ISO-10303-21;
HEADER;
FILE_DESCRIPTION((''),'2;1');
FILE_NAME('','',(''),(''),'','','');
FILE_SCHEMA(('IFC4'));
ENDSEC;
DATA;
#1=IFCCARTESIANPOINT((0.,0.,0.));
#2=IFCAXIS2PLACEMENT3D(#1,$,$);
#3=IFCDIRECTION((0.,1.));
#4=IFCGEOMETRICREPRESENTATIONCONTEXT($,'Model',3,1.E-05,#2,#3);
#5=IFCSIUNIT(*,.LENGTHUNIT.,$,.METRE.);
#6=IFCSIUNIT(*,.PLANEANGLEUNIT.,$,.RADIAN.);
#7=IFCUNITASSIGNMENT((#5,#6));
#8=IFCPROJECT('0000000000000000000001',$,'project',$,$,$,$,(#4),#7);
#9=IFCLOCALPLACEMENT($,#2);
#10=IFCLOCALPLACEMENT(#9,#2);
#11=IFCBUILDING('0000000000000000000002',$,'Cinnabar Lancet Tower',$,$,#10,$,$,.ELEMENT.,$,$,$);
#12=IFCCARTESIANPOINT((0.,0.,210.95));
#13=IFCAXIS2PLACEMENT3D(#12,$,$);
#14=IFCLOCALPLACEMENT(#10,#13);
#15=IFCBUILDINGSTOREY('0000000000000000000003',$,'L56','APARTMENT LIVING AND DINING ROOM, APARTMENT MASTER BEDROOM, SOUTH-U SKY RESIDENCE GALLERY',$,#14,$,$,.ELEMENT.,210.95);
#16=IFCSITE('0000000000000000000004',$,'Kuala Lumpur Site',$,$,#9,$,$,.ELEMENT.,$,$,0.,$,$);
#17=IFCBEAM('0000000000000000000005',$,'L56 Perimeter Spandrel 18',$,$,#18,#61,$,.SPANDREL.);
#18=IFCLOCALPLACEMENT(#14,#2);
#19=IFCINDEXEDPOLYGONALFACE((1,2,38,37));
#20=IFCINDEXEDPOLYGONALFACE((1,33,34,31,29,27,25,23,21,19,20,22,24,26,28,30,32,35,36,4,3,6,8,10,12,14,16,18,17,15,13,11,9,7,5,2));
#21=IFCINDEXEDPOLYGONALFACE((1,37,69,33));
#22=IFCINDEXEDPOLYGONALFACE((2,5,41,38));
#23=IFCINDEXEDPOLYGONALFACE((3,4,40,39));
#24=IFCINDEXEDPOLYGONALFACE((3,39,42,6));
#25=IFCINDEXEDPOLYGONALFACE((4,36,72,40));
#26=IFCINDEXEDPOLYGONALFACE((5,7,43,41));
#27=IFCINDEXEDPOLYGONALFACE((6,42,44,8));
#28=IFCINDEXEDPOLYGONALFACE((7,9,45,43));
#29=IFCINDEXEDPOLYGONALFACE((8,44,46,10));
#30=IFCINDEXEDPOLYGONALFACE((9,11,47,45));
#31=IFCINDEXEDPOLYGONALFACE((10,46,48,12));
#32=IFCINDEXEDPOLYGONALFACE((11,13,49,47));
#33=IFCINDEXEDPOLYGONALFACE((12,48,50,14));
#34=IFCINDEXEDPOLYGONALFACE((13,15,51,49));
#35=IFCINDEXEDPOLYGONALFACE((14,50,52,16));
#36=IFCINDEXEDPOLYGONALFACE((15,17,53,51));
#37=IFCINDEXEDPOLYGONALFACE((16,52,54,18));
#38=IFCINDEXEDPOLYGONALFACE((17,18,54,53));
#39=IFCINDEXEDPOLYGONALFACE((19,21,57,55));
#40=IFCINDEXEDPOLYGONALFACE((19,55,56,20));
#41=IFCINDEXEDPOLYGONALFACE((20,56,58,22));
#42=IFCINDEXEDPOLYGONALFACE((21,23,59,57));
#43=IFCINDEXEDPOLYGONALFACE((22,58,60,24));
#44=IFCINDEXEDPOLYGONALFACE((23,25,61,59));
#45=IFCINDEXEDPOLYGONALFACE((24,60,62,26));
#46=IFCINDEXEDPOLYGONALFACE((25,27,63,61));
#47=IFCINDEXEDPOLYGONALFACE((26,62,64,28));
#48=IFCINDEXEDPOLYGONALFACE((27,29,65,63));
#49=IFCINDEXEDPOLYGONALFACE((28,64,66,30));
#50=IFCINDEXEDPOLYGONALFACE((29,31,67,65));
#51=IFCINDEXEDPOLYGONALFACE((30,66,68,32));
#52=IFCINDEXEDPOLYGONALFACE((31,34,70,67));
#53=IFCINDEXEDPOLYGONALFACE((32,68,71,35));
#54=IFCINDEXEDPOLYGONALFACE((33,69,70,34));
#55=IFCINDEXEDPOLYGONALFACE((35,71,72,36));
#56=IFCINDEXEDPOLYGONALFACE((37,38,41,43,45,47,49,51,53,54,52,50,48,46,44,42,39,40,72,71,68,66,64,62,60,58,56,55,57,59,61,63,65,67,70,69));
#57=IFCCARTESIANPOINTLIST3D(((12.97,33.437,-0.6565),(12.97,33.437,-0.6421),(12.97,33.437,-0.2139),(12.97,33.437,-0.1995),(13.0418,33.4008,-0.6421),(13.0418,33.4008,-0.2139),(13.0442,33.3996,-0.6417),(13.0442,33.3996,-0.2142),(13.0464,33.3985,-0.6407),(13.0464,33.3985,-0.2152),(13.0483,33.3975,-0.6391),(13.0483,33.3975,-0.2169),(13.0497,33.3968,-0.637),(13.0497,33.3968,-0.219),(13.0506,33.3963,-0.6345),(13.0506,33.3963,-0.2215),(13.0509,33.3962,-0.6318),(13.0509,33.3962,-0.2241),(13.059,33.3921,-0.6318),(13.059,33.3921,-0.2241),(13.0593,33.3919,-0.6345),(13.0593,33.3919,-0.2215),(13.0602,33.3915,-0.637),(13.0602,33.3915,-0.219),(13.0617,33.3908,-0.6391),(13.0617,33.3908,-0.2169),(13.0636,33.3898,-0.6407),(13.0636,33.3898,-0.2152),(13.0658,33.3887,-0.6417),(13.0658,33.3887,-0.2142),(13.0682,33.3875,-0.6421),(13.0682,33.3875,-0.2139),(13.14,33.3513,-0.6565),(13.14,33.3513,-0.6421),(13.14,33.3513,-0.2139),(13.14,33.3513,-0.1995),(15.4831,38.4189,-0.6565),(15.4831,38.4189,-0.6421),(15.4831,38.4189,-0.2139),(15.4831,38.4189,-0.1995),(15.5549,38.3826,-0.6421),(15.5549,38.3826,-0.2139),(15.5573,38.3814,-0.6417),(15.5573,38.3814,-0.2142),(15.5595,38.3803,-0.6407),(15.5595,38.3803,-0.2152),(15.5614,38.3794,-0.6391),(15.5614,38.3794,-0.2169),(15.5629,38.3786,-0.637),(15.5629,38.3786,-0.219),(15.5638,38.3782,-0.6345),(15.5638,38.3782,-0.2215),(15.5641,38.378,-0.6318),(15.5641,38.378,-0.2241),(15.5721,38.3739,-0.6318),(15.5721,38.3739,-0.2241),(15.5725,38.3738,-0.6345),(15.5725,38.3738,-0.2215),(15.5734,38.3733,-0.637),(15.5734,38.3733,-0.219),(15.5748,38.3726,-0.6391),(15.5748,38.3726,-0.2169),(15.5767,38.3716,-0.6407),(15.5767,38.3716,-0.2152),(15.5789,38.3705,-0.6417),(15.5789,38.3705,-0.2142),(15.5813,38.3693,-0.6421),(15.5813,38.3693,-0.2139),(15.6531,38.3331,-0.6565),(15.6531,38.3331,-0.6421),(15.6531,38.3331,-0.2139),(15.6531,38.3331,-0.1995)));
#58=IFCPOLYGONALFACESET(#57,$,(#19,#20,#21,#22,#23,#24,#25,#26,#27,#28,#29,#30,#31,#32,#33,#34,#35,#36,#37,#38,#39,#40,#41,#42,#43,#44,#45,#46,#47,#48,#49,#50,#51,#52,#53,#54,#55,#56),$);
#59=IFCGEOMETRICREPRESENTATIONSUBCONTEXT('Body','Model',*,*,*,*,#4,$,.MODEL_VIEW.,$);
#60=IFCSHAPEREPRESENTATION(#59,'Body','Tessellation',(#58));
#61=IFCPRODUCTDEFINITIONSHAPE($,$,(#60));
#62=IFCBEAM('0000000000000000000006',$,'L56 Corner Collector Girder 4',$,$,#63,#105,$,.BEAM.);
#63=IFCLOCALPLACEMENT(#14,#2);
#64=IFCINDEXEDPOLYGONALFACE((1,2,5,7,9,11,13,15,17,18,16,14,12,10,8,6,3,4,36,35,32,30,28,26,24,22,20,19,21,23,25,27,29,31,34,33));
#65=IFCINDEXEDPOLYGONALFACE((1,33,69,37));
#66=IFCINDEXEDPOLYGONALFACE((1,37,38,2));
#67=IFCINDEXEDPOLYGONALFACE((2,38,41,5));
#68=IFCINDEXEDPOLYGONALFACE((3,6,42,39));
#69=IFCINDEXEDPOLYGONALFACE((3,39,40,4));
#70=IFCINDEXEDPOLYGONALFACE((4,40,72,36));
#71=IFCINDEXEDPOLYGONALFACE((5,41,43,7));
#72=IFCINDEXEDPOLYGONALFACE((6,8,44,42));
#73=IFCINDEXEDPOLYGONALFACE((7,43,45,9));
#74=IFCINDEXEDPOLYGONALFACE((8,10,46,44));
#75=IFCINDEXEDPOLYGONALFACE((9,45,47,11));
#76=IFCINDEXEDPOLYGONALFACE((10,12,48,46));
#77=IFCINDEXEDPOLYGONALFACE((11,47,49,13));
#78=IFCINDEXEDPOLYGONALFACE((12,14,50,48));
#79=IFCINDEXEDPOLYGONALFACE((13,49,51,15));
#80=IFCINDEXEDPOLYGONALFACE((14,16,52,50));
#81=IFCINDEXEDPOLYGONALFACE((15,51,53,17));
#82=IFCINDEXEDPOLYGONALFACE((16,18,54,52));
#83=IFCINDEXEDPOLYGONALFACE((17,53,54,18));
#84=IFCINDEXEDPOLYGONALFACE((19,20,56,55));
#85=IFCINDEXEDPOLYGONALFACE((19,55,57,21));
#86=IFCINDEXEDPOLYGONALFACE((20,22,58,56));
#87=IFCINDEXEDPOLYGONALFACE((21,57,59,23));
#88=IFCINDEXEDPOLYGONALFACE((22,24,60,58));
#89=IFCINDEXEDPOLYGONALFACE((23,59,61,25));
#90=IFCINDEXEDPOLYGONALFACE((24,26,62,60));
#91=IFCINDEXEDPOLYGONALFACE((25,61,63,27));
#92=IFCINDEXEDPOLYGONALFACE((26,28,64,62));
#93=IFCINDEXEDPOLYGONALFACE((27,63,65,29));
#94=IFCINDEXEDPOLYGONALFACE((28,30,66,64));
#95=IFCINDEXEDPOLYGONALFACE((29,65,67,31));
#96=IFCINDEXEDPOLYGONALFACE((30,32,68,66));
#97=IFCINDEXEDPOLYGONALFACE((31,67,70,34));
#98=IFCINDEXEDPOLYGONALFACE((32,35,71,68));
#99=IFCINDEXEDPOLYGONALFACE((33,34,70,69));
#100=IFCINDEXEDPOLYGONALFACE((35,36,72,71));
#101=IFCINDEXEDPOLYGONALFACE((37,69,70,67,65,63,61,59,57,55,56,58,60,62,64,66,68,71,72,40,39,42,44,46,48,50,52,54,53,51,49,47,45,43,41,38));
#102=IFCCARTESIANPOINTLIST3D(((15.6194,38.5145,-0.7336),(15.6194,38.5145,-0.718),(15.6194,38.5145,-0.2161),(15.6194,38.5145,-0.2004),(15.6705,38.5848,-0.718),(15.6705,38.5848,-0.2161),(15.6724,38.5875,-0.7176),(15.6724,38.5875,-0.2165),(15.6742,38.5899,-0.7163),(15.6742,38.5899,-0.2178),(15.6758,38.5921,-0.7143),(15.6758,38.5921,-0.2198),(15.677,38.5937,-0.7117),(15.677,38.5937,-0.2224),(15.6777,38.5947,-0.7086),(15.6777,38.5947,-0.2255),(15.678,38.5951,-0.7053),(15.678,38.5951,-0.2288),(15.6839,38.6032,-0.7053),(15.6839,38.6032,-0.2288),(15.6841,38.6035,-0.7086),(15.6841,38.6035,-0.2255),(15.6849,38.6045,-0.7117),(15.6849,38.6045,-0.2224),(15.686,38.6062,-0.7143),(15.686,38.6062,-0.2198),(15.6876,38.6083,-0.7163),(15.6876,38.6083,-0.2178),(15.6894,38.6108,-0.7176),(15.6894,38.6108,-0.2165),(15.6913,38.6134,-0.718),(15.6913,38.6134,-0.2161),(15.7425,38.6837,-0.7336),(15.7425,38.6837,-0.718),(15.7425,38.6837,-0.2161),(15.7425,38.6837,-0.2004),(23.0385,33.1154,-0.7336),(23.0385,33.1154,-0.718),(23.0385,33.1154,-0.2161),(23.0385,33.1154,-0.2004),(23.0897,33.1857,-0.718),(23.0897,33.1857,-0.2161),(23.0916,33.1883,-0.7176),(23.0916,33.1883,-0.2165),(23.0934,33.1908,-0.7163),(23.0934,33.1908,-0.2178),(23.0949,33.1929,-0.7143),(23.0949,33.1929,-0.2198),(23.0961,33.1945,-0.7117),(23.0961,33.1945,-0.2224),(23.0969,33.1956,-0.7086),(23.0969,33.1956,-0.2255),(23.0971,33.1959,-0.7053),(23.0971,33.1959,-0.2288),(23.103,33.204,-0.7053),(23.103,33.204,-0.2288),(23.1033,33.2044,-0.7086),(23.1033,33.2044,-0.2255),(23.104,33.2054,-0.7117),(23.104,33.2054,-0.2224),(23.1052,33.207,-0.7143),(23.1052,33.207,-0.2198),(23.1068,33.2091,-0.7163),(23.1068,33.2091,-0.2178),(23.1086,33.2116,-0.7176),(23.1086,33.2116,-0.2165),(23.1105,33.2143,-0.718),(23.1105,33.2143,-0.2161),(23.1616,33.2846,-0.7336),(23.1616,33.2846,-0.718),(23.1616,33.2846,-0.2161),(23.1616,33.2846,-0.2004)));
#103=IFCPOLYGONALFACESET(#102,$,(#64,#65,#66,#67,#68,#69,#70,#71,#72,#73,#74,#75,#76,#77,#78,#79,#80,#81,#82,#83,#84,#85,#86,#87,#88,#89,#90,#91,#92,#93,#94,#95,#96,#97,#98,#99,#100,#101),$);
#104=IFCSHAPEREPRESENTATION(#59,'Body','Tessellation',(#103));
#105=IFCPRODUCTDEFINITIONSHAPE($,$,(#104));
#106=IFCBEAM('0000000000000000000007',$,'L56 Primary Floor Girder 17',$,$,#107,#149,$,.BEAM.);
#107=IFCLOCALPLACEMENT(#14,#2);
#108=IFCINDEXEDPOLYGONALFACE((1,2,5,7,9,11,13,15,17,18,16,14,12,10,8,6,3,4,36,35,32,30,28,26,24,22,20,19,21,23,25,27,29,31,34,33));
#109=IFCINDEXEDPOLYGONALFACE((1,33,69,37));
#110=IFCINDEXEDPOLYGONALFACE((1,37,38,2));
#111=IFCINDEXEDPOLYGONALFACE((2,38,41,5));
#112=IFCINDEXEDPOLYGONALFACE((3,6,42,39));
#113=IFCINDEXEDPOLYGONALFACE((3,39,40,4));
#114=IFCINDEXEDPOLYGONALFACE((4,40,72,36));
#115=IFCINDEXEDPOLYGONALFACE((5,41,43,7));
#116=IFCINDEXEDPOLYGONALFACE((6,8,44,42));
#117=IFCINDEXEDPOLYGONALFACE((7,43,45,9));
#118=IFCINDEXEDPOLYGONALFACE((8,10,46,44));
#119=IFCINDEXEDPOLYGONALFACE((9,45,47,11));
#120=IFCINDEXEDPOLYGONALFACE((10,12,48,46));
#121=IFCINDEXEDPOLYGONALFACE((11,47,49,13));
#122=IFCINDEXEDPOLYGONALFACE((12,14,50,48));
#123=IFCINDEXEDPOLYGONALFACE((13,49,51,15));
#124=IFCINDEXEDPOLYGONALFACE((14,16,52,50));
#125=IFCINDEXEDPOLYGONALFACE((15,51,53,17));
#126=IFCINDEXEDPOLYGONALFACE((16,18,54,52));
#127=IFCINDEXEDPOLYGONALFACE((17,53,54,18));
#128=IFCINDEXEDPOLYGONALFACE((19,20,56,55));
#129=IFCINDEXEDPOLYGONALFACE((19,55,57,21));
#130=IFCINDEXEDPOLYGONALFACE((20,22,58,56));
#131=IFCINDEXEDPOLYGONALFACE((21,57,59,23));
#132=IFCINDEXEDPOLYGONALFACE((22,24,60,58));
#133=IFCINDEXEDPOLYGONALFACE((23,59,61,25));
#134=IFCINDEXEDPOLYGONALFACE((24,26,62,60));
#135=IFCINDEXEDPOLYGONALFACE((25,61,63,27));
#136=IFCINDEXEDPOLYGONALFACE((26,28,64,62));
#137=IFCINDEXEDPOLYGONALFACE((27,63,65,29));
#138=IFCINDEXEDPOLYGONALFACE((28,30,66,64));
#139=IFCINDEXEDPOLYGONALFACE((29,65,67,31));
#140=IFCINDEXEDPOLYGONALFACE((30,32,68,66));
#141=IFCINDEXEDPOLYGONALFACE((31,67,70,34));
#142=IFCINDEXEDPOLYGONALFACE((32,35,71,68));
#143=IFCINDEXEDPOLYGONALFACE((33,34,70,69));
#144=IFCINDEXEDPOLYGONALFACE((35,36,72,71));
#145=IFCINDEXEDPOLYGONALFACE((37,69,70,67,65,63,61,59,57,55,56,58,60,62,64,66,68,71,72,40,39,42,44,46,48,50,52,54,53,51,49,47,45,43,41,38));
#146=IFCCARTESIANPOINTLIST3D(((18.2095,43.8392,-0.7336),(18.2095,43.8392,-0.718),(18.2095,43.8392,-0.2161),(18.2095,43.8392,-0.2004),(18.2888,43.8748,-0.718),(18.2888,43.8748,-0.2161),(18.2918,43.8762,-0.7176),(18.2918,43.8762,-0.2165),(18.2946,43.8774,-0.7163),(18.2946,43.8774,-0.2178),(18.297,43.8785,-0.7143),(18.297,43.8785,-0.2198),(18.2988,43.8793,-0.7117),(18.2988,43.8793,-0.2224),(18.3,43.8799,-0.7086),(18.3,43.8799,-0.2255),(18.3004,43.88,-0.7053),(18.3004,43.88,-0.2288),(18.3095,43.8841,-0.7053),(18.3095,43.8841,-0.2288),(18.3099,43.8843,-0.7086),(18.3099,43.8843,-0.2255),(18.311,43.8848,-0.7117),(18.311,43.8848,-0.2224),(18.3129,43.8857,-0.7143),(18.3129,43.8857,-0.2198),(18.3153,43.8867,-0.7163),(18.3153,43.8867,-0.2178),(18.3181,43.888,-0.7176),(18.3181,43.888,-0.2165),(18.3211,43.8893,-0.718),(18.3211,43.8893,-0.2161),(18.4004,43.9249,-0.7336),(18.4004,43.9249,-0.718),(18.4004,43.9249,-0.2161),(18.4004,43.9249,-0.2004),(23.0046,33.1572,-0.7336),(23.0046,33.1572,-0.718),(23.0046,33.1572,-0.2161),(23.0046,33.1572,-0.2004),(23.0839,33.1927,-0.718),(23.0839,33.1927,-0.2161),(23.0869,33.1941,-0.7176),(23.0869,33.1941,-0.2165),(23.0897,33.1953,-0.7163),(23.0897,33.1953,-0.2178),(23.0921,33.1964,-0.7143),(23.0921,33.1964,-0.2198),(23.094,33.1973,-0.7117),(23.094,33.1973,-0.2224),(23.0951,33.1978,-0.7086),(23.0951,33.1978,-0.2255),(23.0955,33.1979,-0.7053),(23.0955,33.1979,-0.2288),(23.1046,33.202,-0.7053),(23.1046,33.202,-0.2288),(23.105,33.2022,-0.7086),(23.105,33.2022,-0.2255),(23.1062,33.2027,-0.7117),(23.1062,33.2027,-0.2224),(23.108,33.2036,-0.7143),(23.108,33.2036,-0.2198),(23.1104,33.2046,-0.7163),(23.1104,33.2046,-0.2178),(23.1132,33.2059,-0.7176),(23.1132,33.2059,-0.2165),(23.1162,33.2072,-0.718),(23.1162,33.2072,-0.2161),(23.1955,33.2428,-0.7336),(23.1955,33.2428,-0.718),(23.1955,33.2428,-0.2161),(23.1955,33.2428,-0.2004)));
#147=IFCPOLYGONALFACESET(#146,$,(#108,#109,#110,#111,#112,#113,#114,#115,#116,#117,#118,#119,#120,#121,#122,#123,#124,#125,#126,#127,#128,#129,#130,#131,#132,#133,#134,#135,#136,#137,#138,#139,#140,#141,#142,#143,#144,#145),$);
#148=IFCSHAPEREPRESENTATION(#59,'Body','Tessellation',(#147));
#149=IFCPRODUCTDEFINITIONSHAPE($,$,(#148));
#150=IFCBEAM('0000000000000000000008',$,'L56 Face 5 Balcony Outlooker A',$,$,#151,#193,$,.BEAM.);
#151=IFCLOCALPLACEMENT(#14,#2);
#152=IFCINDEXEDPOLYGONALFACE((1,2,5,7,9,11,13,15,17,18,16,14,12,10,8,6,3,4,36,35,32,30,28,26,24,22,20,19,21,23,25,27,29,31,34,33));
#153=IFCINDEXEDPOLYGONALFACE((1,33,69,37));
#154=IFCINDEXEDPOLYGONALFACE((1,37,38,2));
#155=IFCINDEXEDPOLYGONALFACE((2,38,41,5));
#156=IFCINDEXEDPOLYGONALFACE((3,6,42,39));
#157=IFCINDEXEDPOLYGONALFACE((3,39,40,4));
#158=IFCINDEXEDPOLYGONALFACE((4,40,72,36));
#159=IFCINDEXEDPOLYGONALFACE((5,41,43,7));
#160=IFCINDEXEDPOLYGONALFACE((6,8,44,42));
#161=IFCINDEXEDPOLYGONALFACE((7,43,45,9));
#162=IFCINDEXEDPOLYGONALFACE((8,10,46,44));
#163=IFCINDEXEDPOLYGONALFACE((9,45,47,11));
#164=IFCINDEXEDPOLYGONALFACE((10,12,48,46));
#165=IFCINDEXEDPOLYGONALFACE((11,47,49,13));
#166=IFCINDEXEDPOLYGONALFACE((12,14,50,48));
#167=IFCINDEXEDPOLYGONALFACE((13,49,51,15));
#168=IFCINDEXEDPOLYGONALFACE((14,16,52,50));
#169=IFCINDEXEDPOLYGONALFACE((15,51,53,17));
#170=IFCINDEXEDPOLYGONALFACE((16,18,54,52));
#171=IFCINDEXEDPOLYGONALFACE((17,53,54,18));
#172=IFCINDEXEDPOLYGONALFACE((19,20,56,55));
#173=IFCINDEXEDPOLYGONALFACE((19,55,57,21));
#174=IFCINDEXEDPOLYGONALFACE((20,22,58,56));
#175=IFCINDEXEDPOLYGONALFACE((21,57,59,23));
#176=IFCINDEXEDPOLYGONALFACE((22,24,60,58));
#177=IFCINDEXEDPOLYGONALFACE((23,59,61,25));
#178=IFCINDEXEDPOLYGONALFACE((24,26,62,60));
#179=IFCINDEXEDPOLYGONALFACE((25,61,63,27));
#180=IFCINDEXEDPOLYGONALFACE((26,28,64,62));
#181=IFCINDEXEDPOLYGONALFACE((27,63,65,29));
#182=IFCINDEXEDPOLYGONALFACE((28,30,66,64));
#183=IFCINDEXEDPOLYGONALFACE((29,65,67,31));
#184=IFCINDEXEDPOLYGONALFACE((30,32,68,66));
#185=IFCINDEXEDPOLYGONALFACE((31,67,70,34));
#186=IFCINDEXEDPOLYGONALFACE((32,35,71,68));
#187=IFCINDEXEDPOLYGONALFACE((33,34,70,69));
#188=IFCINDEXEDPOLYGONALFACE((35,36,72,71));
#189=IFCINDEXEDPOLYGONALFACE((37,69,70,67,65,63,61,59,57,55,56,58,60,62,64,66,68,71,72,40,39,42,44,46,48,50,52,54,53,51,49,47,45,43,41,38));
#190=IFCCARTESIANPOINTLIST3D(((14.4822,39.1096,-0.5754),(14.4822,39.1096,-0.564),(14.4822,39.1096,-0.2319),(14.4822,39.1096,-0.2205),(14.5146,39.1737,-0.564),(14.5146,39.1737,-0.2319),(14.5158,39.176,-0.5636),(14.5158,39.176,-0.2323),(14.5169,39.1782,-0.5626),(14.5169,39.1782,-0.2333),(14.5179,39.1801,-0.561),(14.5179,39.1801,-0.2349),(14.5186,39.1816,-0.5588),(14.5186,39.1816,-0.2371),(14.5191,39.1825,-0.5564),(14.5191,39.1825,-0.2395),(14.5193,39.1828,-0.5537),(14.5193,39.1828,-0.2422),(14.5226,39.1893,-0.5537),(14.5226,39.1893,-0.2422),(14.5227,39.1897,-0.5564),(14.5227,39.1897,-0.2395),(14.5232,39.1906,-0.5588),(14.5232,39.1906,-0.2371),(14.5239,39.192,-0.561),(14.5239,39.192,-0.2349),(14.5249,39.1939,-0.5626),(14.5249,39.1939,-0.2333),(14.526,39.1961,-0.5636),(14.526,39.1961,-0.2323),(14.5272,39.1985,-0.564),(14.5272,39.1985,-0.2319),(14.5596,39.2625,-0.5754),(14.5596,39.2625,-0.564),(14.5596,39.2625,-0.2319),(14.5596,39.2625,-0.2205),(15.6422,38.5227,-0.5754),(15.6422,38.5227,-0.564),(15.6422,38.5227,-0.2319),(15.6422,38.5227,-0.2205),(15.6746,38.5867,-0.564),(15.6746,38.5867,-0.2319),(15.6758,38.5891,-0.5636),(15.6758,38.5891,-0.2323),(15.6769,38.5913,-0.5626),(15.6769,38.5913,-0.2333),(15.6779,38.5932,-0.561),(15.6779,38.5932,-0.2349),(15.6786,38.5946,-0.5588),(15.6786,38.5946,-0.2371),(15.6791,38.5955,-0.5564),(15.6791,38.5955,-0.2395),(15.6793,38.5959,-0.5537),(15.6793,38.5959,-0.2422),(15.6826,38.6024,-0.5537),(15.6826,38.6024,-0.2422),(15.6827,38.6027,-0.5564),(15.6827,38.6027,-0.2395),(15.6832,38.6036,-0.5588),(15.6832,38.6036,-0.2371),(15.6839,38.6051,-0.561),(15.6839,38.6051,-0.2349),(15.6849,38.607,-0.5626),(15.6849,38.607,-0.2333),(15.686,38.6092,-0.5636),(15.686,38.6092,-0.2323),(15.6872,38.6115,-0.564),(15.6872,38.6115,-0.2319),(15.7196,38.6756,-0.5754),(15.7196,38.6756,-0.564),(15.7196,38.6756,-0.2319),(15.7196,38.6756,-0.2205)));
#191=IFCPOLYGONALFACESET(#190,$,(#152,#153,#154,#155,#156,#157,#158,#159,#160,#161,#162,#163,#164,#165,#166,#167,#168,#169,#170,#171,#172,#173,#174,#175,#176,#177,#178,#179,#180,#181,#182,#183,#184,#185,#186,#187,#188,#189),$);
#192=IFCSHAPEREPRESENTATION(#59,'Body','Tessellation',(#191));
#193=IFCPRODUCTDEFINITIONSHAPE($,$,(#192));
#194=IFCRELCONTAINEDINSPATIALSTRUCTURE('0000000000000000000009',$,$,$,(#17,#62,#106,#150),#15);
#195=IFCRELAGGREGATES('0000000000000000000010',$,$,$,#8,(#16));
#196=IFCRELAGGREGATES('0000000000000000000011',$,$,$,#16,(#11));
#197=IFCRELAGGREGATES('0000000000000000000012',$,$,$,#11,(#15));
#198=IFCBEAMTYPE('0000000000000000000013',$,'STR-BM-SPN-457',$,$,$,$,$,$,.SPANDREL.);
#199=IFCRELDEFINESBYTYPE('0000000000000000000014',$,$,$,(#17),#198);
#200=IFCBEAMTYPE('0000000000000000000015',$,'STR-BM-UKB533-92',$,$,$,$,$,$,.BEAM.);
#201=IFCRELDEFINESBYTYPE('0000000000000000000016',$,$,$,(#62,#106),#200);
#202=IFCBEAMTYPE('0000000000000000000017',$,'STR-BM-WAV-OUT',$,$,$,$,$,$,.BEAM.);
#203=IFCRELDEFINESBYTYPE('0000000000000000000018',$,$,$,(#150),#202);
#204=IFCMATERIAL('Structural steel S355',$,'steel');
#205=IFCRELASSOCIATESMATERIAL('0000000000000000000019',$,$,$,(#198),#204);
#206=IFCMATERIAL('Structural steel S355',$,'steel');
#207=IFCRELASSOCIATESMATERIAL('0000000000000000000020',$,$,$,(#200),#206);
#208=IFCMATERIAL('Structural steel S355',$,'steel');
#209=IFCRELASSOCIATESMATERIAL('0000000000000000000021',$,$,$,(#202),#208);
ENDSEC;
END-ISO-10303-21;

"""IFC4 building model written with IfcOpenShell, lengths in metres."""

from ifc_helpers import new_model, si_unit, direction, frame, origin, origin_2d, place, context, subcontext, project, spatial, i_section, extrude, material, material_profile, profile_set, type_object, element, save


model = new_model("IFC4")

# Units and contexts
model_context = context("Model", 3, precision=1e-05, world=origin(), true_north=direction((0.0, 1.0)))
body_context = subcontext(model_context, "Body", "Model", "MODEL_VIEW")
ifc_project = project(units=[si_unit("LENGTHUNIT", "METRE"), si_unit("PLANEANGLEUNIT", "RADIAN")], contexts=[model_context])

# Site, building, storey
site_placement = place(None, origin())
site = spatial("IfcSite", under=ifc_project, at=site_placement, Name="Kuala Lumpur Site", CompositionType="ELEMENT", RefElevation=0.0)
building_placement = place(site_placement, origin())
building = spatial("IfcBuilding", under=site, at=building_placement, Name="Cinnabar Lancet Tower", CompositionType="ELEMENT")
storey_placement = place(building_placement, frame((0.0, 0.0, 210.95)))
storey = spatial("IfcBuildingStorey", under=building, at=storey_placement, Name="L56", Description="APARTMENT LIVING AND DINING ROOM, APARTMENT MASTER BEDROOM, SOUTH-U SKY RESIDENCE GALLERY", CompositionType="ELEMENT", Elevation=210.95)

# Beams
ifc_material_1 = material(Name="Structural steel S355", Category="steel")
ifc_material_profile_1 = material_profile(ifc_material_1, i_section(OverallWidth=0.1904, OverallDepth=0.457, WebThickness=0.009, FlangeThickness=0.0144, FilletRadius=0.0103, at=origin_2d()), Name="UKB 457x191x74")
ifc_profile_set_1 = profile_set([ifc_material_profile_1], Name="Structural steel S355")
beam_type_1 = type_object("IfcBeamType", Name="STR-BM-SPN-457", PredefinedType="SPANDREL", material=ifc_profile_set_1)
beam_1_placement = place(storey_placement, frame((15.5681, 38.376, -0.428), z_axis=(-0.450396, -0.892829, 0.0), x_axis=(0.892829, -0.450396, 0.0)))
element("IfcBeam", 1, at=beam_1_placement, inside=storey, type_object=beam_type_1, Name="L56 Perimeter Spandrel 18", PredefinedType="SPANDREL", context=body_context, shape_type="SweptSolid", body=[
    extrude(i_section(OverallWidth=0.1904, OverallDepth=0.457, WebThickness=0.009, FlangeThickness=0.0144, FilletRadius=0.0103, at=origin_2d()), origin(), (0.0, 0.0, 1.0), 5.5798),
])
ifc_material_2 = material(Name="Structural steel S355", Category="steel")
ifc_material_profile_2 = material_profile(ifc_material_2, i_section(OverallWidth=0.2092, OverallDepth=0.5332, WebThickness=0.01, FlangeThickness=0.0156, FilletRadius=0.0127, at=origin_2d()), Name="UKB 533x210x92")
ifc_profile_set_2 = profile_set([ifc_material_profile_2], Name="Structural steel S355")
beam_type_2 = type_object("IfcBeamType", Name="STR-BM-UKB533-92", PredefinedType="BEAM", material=ifc_profile_set_2)
beam_2_placement = place(storey_placement, frame((15.6809, 38.5991, -0.467), z_axis=(0.80856, -0.588414, 0.0), x_axis=(0.588414, 0.80856, 0.0)))
element("IfcBeam", 2, at=beam_2_placement, inside=storey, type_object=beam_type_2, Name="L56 Corner Collector Girder 4", PredefinedType="BEAM", context=body_context, shape_type="SweptSolid", body=[
    extrude(i_section(OverallWidth=0.2092, OverallDepth=0.5332, WebThickness=0.01, FlangeThickness=0.0156, FilletRadius=0.0127, at=origin_2d()), origin(), (0.0, 0.0, 1.0), 9.1758),
])
beam_3_placement = place(storey_placement, frame((18.3049, 43.8821, -0.467), z_axis=(0.409527, -0.912298, 0.0), x_axis=(0.912298, 0.409527, 0.0)))
element("IfcBeam", 3, at=beam_3_placement, inside=storey, type_object=beam_type_2, Name="L56 Primary Floor Girder 17", PredefinedType="BEAM", context=body_context, shape_type="SweptSolid", body=[
    extrude(i_section(OverallWidth=0.2092, OverallDepth=0.5332, WebThickness=0.01, FlangeThickness=0.0156, FilletRadius=0.0127, at=origin_2d()), origin(), (0.0, 0.0, 1.0), 11.709),
])
ifc_material_3 = material(Name="Structural steel S355", Category="steel")
ifc_material_profile_3 = material_profile(ifc_material_3, i_section(OverallWidth=0.1714, OverallDepth=0.355, WebThickness=0.0073, FlangeThickness=0.0115, FilletRadius=0.0103, at=origin_2d()), Name="UKB 356x171x51")
ifc_profile_set_3 = profile_set([ifc_material_profile_3], Name="Structural steel S355")
beam_type_3 = type_object("IfcBeamType", Name="STR-BM-WAV-OUT", PredefinedType="BEAM", material=ifc_profile_set_3)
beam_4_placement = place(storey_placement, frame((15.6809, 38.5991, -0.3979), z_axis=(-0.892276, 0.45149, 0.0), x_axis=(-0.45149, -0.892276, 0.0)))
element("IfcBeam", 4, at=beam_4_placement, inside=storey, type_object=beam_type_3, Name="L56 Face 5 Balcony Outlooker A", PredefinedType="BEAM", context=body_context, shape_type="SweptSolid", body=[
    extrude(i_section(OverallWidth=0.1714, OverallDepth=0.355, WebThickness=0.0073, FlangeThickness=0.0115, FilletRadius=0.0103, at=origin_2d()), origin(), (0.0, 0.0, 1.0), 1.3),
])

save(model, "model.ifc")
